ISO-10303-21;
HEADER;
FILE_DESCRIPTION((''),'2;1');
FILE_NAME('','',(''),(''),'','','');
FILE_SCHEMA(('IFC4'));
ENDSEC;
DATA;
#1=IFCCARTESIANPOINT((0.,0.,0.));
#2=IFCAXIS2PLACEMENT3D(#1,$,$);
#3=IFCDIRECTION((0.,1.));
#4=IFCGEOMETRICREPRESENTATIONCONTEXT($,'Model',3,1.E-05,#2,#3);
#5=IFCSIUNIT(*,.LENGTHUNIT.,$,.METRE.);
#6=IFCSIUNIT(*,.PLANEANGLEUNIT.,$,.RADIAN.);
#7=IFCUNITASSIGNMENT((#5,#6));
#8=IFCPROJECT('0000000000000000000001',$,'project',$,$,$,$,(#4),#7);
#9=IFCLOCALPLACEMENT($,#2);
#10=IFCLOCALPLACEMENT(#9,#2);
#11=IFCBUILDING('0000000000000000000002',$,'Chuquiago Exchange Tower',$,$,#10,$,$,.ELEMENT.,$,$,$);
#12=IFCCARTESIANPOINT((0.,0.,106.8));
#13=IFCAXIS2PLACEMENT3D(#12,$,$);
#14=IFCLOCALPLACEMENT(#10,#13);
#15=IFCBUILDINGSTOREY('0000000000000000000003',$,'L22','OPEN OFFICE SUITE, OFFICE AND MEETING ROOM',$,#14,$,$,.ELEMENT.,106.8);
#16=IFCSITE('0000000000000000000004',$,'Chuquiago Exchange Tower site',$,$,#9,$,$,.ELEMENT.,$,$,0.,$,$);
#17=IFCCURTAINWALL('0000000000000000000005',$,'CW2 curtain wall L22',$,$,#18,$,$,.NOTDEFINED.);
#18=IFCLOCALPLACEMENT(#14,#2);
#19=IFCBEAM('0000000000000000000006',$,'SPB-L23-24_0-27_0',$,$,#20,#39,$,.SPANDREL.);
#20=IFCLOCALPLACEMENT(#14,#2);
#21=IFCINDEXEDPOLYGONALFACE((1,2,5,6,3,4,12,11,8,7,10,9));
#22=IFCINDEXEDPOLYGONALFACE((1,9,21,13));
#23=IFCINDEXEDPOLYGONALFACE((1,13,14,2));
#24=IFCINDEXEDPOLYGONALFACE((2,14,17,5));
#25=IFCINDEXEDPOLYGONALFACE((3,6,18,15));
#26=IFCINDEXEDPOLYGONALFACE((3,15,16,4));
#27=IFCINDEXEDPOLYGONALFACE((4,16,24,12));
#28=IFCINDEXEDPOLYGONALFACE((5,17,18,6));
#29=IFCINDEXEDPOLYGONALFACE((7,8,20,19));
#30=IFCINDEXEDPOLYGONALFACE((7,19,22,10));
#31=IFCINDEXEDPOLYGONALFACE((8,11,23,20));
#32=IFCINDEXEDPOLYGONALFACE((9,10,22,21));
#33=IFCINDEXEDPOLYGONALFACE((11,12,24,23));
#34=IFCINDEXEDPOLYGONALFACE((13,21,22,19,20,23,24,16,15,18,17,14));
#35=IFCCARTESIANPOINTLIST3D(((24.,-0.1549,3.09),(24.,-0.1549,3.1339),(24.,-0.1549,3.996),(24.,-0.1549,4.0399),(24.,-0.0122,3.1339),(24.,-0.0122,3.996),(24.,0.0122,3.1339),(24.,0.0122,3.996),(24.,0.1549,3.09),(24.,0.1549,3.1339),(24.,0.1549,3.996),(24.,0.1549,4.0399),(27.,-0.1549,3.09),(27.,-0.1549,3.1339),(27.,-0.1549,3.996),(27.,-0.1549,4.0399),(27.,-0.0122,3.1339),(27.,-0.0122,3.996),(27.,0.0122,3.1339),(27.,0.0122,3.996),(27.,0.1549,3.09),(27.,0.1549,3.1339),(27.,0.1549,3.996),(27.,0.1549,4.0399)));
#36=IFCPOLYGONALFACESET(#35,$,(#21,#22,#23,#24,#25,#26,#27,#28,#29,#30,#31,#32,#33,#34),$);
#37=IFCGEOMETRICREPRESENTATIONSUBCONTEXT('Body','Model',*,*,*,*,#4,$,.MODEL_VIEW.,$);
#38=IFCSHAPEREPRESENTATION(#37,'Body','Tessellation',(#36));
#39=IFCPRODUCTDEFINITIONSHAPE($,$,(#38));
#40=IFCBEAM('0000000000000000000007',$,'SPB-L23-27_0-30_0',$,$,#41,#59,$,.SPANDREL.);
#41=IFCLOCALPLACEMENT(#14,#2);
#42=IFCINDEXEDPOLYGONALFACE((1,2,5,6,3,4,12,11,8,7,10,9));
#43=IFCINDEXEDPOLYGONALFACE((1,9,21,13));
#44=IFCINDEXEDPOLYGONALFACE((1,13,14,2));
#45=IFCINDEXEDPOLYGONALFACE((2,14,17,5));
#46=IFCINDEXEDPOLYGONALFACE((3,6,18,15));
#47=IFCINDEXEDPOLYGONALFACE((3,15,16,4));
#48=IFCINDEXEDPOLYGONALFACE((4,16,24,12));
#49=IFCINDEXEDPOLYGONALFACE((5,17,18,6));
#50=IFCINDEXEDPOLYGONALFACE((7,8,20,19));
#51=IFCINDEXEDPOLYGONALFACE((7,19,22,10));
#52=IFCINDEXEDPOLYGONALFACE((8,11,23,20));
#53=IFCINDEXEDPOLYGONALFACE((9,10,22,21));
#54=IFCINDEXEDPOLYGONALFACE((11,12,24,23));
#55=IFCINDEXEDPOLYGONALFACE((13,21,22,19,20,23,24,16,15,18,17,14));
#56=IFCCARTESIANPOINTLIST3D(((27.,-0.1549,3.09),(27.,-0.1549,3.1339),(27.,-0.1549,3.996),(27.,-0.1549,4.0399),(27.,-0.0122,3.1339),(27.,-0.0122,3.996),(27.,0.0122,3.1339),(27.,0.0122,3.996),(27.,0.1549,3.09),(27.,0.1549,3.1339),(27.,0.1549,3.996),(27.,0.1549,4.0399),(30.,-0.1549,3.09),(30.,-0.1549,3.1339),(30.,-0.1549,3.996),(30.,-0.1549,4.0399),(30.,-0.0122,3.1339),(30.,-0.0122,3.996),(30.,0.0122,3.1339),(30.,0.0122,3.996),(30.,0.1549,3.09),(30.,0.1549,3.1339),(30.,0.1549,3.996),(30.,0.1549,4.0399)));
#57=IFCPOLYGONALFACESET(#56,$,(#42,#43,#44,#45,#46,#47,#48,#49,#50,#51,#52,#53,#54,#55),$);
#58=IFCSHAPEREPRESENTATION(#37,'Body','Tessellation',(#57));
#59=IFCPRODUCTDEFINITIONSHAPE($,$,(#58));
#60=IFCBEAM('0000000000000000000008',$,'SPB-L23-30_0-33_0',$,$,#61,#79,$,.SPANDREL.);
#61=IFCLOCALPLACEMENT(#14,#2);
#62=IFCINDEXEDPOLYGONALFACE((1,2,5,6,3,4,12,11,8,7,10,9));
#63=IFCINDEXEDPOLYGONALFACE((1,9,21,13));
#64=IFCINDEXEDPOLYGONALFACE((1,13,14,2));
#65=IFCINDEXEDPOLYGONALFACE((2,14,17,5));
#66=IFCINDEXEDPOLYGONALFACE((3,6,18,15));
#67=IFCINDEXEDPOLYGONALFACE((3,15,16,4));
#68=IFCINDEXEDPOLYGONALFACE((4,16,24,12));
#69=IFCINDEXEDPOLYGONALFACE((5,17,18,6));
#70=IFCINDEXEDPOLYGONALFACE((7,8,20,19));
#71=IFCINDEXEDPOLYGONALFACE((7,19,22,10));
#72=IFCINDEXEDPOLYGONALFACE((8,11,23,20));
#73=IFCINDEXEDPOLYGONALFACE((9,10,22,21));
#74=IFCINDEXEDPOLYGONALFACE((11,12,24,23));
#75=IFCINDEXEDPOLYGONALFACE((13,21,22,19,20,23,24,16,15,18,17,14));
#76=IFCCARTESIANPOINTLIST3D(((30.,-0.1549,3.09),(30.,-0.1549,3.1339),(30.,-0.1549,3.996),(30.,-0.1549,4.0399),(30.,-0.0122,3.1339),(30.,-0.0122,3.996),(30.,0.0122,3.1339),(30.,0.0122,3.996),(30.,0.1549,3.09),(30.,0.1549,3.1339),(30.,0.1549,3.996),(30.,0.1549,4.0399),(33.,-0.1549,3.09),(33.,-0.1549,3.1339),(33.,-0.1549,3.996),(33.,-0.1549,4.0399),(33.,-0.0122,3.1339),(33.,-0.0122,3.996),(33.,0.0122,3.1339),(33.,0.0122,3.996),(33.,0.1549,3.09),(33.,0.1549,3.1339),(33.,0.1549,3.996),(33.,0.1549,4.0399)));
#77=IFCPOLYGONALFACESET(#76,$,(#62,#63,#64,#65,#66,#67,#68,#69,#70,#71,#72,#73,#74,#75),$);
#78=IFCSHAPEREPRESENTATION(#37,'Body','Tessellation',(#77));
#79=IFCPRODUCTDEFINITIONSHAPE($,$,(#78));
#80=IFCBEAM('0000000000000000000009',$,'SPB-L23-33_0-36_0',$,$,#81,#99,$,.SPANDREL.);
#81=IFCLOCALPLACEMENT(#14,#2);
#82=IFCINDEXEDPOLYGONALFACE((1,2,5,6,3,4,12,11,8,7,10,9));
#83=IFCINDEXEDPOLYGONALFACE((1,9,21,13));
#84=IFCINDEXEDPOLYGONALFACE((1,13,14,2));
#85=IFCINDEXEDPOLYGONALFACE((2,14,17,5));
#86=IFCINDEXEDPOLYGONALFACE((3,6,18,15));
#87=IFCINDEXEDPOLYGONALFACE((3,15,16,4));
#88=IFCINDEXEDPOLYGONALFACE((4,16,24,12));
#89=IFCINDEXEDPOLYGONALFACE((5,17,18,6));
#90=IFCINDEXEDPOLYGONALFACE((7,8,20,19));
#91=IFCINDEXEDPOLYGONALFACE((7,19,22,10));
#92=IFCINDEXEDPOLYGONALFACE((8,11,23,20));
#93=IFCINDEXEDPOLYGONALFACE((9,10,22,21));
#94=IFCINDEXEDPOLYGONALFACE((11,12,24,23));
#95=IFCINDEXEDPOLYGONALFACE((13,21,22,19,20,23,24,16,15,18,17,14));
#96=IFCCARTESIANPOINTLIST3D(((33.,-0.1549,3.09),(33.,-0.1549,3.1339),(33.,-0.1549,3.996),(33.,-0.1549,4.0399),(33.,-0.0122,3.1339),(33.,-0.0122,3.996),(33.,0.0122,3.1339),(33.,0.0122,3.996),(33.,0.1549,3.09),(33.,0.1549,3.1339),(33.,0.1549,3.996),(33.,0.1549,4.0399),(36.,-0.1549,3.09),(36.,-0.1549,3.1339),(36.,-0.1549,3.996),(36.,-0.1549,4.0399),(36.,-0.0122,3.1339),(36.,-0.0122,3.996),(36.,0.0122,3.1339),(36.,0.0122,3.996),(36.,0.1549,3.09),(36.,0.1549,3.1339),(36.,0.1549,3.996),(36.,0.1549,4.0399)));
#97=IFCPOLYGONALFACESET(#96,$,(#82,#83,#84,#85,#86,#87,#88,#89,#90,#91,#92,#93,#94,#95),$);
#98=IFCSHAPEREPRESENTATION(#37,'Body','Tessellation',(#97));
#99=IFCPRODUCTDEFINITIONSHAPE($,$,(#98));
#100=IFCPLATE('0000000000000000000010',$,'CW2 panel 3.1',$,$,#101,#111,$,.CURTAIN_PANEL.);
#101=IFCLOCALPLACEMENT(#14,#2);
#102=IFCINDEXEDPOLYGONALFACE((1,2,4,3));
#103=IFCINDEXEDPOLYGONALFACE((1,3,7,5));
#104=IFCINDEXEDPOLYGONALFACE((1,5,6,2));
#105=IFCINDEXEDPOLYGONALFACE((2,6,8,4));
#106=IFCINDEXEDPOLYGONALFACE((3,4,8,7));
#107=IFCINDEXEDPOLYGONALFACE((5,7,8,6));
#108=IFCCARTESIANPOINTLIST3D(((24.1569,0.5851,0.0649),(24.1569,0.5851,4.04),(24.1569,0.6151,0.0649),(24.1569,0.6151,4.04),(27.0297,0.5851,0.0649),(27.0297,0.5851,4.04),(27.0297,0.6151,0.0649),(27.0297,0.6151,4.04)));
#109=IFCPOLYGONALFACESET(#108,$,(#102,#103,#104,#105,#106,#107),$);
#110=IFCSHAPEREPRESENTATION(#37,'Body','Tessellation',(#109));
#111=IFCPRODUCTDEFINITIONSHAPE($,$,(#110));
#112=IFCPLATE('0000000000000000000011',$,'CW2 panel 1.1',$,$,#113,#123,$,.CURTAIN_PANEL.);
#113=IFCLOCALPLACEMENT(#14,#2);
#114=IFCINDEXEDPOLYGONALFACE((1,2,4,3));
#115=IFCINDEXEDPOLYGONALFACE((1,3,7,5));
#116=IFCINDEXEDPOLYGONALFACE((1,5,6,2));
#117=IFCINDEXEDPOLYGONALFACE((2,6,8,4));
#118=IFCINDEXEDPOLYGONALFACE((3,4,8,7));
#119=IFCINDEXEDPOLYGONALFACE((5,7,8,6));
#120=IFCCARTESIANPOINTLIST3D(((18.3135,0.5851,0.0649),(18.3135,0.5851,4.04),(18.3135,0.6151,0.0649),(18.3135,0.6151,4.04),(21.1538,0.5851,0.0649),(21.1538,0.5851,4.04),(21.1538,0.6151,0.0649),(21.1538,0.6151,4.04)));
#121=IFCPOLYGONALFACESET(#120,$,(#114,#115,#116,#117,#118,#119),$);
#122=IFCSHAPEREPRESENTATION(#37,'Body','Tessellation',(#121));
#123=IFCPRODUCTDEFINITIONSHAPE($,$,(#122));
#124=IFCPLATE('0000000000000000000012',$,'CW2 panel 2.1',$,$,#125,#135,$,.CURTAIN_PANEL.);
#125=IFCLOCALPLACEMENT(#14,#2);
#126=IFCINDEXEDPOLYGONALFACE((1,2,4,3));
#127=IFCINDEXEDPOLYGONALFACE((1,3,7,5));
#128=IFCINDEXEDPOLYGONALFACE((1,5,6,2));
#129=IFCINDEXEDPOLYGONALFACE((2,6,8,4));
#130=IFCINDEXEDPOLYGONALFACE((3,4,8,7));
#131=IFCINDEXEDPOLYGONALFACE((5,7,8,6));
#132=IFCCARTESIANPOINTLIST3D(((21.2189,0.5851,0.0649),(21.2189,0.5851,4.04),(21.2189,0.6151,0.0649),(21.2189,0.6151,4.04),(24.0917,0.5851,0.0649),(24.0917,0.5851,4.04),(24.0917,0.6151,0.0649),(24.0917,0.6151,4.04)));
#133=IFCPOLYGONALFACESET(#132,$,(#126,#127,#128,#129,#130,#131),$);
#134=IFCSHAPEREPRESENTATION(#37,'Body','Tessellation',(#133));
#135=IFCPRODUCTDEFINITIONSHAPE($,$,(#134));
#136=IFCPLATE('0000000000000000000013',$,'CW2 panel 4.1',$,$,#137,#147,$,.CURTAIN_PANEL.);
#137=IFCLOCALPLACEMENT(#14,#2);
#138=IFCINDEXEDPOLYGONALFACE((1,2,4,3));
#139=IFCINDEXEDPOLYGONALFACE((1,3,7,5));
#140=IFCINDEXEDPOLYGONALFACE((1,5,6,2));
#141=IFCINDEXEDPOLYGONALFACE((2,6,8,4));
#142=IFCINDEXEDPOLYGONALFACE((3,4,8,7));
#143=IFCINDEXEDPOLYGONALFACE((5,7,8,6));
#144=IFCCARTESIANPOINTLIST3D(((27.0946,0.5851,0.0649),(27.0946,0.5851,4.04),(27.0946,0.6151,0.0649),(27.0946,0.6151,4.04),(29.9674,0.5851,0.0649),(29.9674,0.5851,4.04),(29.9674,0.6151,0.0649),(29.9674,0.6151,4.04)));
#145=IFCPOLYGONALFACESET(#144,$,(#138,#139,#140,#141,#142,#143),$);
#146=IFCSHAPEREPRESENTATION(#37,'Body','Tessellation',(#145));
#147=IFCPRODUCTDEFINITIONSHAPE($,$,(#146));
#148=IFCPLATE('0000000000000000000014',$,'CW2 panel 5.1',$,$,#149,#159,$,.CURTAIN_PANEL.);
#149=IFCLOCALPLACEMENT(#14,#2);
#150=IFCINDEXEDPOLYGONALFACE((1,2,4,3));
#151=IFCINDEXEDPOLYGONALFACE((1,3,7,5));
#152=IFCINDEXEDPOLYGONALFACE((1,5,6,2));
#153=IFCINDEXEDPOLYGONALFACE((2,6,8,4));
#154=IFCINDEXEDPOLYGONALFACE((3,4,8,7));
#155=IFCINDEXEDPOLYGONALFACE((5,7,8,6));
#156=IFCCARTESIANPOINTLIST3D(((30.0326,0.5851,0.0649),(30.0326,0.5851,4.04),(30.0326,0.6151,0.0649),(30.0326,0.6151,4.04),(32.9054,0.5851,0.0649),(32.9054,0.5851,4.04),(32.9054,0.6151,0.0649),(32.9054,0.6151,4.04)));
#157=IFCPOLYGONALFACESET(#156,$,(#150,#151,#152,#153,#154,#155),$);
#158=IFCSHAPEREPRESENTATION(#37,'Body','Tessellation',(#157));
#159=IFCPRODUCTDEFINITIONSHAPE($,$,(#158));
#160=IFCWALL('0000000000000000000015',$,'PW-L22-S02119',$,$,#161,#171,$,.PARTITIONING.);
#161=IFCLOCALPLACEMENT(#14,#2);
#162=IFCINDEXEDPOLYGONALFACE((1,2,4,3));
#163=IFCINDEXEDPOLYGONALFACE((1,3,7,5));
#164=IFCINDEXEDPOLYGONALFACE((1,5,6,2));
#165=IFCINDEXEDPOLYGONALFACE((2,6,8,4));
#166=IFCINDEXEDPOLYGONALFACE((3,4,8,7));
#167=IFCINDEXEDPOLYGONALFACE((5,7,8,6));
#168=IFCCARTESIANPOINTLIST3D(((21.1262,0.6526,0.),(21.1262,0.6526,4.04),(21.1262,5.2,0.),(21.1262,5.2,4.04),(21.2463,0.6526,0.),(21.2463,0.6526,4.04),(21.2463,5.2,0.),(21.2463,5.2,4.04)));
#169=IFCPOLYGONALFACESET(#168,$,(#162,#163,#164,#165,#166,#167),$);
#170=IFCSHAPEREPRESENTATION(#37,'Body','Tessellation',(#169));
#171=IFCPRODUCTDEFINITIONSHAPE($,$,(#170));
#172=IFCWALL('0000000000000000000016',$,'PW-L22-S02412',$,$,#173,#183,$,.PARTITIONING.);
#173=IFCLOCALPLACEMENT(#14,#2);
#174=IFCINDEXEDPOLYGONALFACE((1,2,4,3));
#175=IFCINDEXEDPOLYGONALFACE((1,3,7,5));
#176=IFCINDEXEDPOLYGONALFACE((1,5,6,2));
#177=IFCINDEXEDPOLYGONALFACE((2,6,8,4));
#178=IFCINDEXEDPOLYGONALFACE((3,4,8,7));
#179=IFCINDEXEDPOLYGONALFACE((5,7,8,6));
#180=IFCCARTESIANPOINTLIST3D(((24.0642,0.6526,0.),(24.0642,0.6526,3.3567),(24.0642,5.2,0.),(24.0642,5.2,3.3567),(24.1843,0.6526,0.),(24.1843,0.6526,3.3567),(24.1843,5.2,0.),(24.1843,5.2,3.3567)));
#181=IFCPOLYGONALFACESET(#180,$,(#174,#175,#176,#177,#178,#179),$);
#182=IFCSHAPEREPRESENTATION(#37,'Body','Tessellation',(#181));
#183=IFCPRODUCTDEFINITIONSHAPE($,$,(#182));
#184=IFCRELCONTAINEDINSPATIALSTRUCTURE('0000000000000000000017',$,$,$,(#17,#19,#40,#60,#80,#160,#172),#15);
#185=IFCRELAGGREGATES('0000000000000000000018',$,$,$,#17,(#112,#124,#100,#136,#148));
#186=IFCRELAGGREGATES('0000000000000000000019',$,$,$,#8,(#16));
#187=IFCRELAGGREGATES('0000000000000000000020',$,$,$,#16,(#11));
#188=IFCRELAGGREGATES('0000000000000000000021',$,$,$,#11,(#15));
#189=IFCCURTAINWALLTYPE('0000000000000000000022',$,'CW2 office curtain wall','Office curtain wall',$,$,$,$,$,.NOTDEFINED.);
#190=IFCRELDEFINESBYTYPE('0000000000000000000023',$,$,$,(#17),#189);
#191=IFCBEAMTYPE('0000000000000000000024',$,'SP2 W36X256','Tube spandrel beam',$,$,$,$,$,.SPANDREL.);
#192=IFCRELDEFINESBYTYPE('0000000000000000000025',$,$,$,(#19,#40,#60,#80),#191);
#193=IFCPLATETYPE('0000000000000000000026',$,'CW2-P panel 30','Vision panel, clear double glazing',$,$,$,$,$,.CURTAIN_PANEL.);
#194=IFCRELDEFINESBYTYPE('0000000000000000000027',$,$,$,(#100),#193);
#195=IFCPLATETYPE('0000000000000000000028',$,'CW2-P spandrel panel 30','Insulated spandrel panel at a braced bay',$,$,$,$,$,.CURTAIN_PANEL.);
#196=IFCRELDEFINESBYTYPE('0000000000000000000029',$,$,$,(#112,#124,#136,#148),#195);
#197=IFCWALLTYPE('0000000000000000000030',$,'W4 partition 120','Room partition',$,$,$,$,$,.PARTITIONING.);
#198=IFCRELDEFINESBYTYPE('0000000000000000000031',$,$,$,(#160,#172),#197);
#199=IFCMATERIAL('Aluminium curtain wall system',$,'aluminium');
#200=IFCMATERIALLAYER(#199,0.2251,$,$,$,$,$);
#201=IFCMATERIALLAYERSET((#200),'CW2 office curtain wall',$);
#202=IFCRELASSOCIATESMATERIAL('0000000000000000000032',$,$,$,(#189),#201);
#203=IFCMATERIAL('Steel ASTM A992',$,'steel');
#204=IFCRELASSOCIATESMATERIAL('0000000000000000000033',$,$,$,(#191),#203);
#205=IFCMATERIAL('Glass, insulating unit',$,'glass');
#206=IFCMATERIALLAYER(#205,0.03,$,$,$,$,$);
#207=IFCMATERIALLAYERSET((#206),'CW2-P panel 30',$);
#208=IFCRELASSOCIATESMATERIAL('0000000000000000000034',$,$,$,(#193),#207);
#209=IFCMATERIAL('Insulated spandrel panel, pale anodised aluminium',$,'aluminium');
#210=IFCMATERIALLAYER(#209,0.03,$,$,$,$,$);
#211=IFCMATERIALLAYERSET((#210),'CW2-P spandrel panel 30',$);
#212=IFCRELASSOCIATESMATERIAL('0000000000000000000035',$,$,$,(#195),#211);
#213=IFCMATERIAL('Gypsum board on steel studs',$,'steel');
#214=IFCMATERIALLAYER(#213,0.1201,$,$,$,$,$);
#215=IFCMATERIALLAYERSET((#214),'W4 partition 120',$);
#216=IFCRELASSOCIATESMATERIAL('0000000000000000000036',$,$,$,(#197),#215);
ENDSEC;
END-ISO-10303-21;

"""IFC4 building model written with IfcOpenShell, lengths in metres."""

from ifc_helpers import new_model, si_unit, direction, frame, frame_2d, origin, origin_2d, place, context, subcontext, project, spatial, rectangle, i_section, extrude, material, layer, layer_set, material_profile, profile_set, type_object, element, aggregate, save


model = new_model("IFC4")

# Units and contexts
model_context = context("Model", 3, precision=1e-05, world=origin(), true_north=direction((0.0, 1.0)))
body_context = subcontext(model_context, "Body", "Model", "MODEL_VIEW")
ifc_project = project(units=[si_unit("LENGTHUNIT", "METRE"), si_unit("PLANEANGLEUNIT", "RADIAN")], contexts=[model_context])

# Site, building, storey
site_placement = place(None, origin())
site = spatial("IfcSite", under=ifc_project, at=site_placement, Name="Chuquiago Exchange Tower site", CompositionType="ELEMENT", RefElevation=0.0)
building_placement = place(site_placement, origin())
building = spatial("IfcBuilding", under=site, at=building_placement, Name="Chuquiago Exchange Tower", CompositionType="ELEMENT")
storey_placement = place(building_placement, frame((0.0, 0.0, 106.8)))
storey = spatial("IfcBuildingStorey", under=building, at=storey_placement, Name="L22", Description="OPEN OFFICE SUITE, OFFICE AND MEETING ROOM", CompositionType="ELEMENT", Elevation=106.8)

# Curtain wall
ifc_material_1 = material(Name="Aluminium curtain wall system", Category="aluminium")
ifc_layer_1 = layer(ifc_material_1, 0.2251)
ifc_layer_set_1 = layer_set([ifc_layer_1], Name="CW2 office curtain wall")
curtain_wall_type_1 = type_object("IfcCurtainWallType", Name="CW2 office curtain wall", Description="Office curtain wall", PredefinedType="NOTDEFINED", material=ifc_layer_set_1)
curtain_wall_1_placement = place(storey_placement, origin())
curtain_wall_1 = element("IfcCurtainWall", 1, at=curtain_wall_1_placement, inside=storey, type_object=curtain_wall_type_1, Name="CW2 curtain wall L22", PredefinedType="NOTDEFINED")

# Beams
ifc_material_2 = material(Name="Steel ASTM A992", Category="steel")
ifc_material_profile_1 = material_profile(ifc_material_2, i_section(OverallWidth=0.3098, OverallDepth=0.95, WebThickness=0.0244, FlangeThickness=0.0439, at=origin_2d()), Name="W36X256")
ifc_profile_set_1 = profile_set([ifc_material_profile_1], Name="Steel ASTM A992")
beam_type = type_object("IfcBeamType", Name="SP2 W36X256", Description="Tube spandrel beam", PredefinedType="SPANDREL", material=ifc_profile_set_1)
for number, where, z_axis, x_axis, name in (
    (2, (24.0, 0.0, 3.5649), (1.0, 0.0, 0.0), (0.0, 1.0, 0.0), "SPB-L23-24_0-27_0"),
    (3, (27.0, 0.0, 3.5649), (1.0, 0.0, 0.0), (0.0, 1.0, 0.0), "SPB-L23-27_0-30_0"),
    (4, (30.0, 0.0, 3.5649), (1.0, 0.0, 0.0), (0.0, 1.0, 0.0), "SPB-L23-30_0-33_0"),
    (5, (33.0, 0.0, 3.5649), (1.0, 0.0, 0.0), (0.0, 1.0, 0.0), "SPB-L23-33_0-36_0"),
):
    element("IfcBeam", number, at=place(storey_placement, frame(where, z_axis=z_axis, x_axis=x_axis)), inside=storey, type_object=beam_type, Name=name, PredefinedType="SPANDREL", context=body_context, shape_type="SweptSolid", body=[
        extrude(i_section(OverallWidth=0.3098, OverallDepth=0.95, WebThickness=0.0244, FlangeThickness=0.0439, at=origin_2d()), origin(), (0.0, 0.0, 1.0), 3.0),
    ])

# Plates
ifc_material_3 = material(Name="Glass, insulating unit", Category="glass")
ifc_layer_2 = layer(ifc_material_3, 0.03)
ifc_layer_set_2 = layer_set([ifc_layer_2], Name="CW2-P panel 30")
plate_type_1 = type_object("IfcPlateType", Name="CW2-P panel 30", Description="Vision panel, clear double glazing", PredefinedType="CURTAIN_PANEL", material=ifc_layer_set_2)
plate_1_placement = place(storey_placement, frame((25.5933, 0.6001, 0.0649), z_axis=(0.0, 0.0, 1.0), x_axis=(1.0, 0.0, 0.0)))
plate_1 = element("IfcPlate", 6, at=plate_1_placement, type_object=plate_type_1, Name="CW2 panel 3.1", PredefinedType="CURTAIN_PANEL", context=body_context, shape_type="SweptSolid", body=[
    extrude(rectangle(XDim=2.8728, YDim=0.03, at=origin_2d()), origin(), (0.0, 0.0, 1.0), 3.9751),
])
ifc_material_4 = material(Name="Insulated spandrel panel, pale anodised aluminium", Category="aluminium")
ifc_layer_3 = layer(ifc_material_4, 0.03)
ifc_layer_set_3 = layer_set([ifc_layer_3], Name="CW2-P spandrel panel 30")
plate_type_2 = type_object("IfcPlateType", Name="CW2-P spandrel panel 30", Description="Insulated spandrel panel at a braced bay", PredefinedType="CURTAIN_PANEL", material=ifc_layer_set_3)
plate_2_placement = place(storey_placement, frame((19.7336, 0.6001, 0.0649), z_axis=(0.0, 0.0, 1.0), x_axis=(1.0, 0.0, 0.0)))
plate_2 = element("IfcPlate", 7, at=plate_2_placement, type_object=plate_type_2, Name="CW2 panel 1.1", PredefinedType="CURTAIN_PANEL", context=body_context, shape_type="SweptSolid", body=[
    extrude(rectangle(XDim=2.8403, YDim=0.03, at=origin_2d()), origin(), (0.0, 0.0, 1.0), 3.9751),
])
plate_3_placement = place(storey_placement, frame((22.6553, 0.6001, 0.0649), z_axis=(0.0, 0.0, 1.0), x_axis=(1.0, 0.0, 0.0)))
plate_3 = element("IfcPlate", 8, at=plate_3_placement, type_object=plate_type_2, Name="CW2 panel 2.1", PredefinedType="CURTAIN_PANEL", context=body_context, shape_type="SweptSolid", body=[
    extrude(rectangle(XDim=2.8728, YDim=0.03, at=origin_2d()), origin(), (0.0, 0.0, 1.0), 3.9751),
])
plate_4_placement = place(storey_placement, frame((28.531, 0.6001, 0.0649), z_axis=(0.0, 0.0, 1.0), x_axis=(1.0, 0.0, 0.0)))
plate_4 = element("IfcPlate", 9, at=plate_4_placement, type_object=plate_type_2, Name="CW2 panel 4.1", PredefinedType="CURTAIN_PANEL", context=body_context, shape_type="SweptSolid", body=[
    extrude(rectangle(XDim=2.8728, YDim=0.03, at=origin_2d()), origin(), (0.0, 0.0, 1.0), 3.9751),
])
plate_5_placement = place(storey_placement, frame((31.469, 0.6001, 0.0649), z_axis=(0.0, 0.0, 1.0), x_axis=(1.0, 0.0, 0.0)))
plate_5 = element("IfcPlate", 10, at=plate_5_placement, type_object=plate_type_2, Name="CW2 panel 5.1", PredefinedType="CURTAIN_PANEL", context=body_context, shape_type="SweptSolid", body=[
    extrude(rectangle(XDim=2.8728, YDim=0.03, at=origin_2d()), origin(), (0.0, 0.0, 1.0), 3.9751),
])
aggregate(curtain_wall_1, [plate_2, plate_3, plate_1, plate_4, plate_5])

# Walls
ifc_material_5 = material(Name="Gypsum board on steel studs", Category="steel")
ifc_layer_4 = layer(ifc_material_5, 0.1201)
ifc_layer_set_4 = layer_set([ifc_layer_4], Name="W4 partition 120")
wall_type = type_object("IfcWallType", Name="W4 partition 120", Description="Room partition", PredefinedType="PARTITIONING", material=ifc_layer_set_4)
wall_1_placement = place(storey_placement, frame((21.1863, 0.6526, 0.0), z_axis=(0.0, 0.0, 1.0), x_axis=(0.0, 1.0, 0.0)))
element("IfcWall", 11, at=wall_1_placement, inside=storey, type_object=wall_type, Name="PW-L22-S02119", PredefinedType="PARTITIONING", context=body_context, shape_type="SweptSolid", body=[
    extrude(rectangle(XDim=4.5474, YDim=0.1201, at=frame_2d((2.2737, 0.0))), origin(), (0.0, 0.0, 1.0), 4.04),
])
wall_2_placement = place(storey_placement, frame((24.1243, 0.6526, 0.0), z_axis=(0.0, 0.0, 1.0), x_axis=(0.0, 1.0, 0.0)))
element("IfcWall", 12, at=wall_2_placement, inside=storey, type_object=wall_type, Name="PW-L22-S02412", PredefinedType="PARTITIONING", context=body_context, shape_type="SweptSolid", body=[
    extrude(rectangle(XDim=4.5474, YDim=0.1201, at=frame_2d((2.2737, 0.0))), origin(), (0.0, 0.0, 1.0), 3.3567),
])

save(model, "model.ifc")
